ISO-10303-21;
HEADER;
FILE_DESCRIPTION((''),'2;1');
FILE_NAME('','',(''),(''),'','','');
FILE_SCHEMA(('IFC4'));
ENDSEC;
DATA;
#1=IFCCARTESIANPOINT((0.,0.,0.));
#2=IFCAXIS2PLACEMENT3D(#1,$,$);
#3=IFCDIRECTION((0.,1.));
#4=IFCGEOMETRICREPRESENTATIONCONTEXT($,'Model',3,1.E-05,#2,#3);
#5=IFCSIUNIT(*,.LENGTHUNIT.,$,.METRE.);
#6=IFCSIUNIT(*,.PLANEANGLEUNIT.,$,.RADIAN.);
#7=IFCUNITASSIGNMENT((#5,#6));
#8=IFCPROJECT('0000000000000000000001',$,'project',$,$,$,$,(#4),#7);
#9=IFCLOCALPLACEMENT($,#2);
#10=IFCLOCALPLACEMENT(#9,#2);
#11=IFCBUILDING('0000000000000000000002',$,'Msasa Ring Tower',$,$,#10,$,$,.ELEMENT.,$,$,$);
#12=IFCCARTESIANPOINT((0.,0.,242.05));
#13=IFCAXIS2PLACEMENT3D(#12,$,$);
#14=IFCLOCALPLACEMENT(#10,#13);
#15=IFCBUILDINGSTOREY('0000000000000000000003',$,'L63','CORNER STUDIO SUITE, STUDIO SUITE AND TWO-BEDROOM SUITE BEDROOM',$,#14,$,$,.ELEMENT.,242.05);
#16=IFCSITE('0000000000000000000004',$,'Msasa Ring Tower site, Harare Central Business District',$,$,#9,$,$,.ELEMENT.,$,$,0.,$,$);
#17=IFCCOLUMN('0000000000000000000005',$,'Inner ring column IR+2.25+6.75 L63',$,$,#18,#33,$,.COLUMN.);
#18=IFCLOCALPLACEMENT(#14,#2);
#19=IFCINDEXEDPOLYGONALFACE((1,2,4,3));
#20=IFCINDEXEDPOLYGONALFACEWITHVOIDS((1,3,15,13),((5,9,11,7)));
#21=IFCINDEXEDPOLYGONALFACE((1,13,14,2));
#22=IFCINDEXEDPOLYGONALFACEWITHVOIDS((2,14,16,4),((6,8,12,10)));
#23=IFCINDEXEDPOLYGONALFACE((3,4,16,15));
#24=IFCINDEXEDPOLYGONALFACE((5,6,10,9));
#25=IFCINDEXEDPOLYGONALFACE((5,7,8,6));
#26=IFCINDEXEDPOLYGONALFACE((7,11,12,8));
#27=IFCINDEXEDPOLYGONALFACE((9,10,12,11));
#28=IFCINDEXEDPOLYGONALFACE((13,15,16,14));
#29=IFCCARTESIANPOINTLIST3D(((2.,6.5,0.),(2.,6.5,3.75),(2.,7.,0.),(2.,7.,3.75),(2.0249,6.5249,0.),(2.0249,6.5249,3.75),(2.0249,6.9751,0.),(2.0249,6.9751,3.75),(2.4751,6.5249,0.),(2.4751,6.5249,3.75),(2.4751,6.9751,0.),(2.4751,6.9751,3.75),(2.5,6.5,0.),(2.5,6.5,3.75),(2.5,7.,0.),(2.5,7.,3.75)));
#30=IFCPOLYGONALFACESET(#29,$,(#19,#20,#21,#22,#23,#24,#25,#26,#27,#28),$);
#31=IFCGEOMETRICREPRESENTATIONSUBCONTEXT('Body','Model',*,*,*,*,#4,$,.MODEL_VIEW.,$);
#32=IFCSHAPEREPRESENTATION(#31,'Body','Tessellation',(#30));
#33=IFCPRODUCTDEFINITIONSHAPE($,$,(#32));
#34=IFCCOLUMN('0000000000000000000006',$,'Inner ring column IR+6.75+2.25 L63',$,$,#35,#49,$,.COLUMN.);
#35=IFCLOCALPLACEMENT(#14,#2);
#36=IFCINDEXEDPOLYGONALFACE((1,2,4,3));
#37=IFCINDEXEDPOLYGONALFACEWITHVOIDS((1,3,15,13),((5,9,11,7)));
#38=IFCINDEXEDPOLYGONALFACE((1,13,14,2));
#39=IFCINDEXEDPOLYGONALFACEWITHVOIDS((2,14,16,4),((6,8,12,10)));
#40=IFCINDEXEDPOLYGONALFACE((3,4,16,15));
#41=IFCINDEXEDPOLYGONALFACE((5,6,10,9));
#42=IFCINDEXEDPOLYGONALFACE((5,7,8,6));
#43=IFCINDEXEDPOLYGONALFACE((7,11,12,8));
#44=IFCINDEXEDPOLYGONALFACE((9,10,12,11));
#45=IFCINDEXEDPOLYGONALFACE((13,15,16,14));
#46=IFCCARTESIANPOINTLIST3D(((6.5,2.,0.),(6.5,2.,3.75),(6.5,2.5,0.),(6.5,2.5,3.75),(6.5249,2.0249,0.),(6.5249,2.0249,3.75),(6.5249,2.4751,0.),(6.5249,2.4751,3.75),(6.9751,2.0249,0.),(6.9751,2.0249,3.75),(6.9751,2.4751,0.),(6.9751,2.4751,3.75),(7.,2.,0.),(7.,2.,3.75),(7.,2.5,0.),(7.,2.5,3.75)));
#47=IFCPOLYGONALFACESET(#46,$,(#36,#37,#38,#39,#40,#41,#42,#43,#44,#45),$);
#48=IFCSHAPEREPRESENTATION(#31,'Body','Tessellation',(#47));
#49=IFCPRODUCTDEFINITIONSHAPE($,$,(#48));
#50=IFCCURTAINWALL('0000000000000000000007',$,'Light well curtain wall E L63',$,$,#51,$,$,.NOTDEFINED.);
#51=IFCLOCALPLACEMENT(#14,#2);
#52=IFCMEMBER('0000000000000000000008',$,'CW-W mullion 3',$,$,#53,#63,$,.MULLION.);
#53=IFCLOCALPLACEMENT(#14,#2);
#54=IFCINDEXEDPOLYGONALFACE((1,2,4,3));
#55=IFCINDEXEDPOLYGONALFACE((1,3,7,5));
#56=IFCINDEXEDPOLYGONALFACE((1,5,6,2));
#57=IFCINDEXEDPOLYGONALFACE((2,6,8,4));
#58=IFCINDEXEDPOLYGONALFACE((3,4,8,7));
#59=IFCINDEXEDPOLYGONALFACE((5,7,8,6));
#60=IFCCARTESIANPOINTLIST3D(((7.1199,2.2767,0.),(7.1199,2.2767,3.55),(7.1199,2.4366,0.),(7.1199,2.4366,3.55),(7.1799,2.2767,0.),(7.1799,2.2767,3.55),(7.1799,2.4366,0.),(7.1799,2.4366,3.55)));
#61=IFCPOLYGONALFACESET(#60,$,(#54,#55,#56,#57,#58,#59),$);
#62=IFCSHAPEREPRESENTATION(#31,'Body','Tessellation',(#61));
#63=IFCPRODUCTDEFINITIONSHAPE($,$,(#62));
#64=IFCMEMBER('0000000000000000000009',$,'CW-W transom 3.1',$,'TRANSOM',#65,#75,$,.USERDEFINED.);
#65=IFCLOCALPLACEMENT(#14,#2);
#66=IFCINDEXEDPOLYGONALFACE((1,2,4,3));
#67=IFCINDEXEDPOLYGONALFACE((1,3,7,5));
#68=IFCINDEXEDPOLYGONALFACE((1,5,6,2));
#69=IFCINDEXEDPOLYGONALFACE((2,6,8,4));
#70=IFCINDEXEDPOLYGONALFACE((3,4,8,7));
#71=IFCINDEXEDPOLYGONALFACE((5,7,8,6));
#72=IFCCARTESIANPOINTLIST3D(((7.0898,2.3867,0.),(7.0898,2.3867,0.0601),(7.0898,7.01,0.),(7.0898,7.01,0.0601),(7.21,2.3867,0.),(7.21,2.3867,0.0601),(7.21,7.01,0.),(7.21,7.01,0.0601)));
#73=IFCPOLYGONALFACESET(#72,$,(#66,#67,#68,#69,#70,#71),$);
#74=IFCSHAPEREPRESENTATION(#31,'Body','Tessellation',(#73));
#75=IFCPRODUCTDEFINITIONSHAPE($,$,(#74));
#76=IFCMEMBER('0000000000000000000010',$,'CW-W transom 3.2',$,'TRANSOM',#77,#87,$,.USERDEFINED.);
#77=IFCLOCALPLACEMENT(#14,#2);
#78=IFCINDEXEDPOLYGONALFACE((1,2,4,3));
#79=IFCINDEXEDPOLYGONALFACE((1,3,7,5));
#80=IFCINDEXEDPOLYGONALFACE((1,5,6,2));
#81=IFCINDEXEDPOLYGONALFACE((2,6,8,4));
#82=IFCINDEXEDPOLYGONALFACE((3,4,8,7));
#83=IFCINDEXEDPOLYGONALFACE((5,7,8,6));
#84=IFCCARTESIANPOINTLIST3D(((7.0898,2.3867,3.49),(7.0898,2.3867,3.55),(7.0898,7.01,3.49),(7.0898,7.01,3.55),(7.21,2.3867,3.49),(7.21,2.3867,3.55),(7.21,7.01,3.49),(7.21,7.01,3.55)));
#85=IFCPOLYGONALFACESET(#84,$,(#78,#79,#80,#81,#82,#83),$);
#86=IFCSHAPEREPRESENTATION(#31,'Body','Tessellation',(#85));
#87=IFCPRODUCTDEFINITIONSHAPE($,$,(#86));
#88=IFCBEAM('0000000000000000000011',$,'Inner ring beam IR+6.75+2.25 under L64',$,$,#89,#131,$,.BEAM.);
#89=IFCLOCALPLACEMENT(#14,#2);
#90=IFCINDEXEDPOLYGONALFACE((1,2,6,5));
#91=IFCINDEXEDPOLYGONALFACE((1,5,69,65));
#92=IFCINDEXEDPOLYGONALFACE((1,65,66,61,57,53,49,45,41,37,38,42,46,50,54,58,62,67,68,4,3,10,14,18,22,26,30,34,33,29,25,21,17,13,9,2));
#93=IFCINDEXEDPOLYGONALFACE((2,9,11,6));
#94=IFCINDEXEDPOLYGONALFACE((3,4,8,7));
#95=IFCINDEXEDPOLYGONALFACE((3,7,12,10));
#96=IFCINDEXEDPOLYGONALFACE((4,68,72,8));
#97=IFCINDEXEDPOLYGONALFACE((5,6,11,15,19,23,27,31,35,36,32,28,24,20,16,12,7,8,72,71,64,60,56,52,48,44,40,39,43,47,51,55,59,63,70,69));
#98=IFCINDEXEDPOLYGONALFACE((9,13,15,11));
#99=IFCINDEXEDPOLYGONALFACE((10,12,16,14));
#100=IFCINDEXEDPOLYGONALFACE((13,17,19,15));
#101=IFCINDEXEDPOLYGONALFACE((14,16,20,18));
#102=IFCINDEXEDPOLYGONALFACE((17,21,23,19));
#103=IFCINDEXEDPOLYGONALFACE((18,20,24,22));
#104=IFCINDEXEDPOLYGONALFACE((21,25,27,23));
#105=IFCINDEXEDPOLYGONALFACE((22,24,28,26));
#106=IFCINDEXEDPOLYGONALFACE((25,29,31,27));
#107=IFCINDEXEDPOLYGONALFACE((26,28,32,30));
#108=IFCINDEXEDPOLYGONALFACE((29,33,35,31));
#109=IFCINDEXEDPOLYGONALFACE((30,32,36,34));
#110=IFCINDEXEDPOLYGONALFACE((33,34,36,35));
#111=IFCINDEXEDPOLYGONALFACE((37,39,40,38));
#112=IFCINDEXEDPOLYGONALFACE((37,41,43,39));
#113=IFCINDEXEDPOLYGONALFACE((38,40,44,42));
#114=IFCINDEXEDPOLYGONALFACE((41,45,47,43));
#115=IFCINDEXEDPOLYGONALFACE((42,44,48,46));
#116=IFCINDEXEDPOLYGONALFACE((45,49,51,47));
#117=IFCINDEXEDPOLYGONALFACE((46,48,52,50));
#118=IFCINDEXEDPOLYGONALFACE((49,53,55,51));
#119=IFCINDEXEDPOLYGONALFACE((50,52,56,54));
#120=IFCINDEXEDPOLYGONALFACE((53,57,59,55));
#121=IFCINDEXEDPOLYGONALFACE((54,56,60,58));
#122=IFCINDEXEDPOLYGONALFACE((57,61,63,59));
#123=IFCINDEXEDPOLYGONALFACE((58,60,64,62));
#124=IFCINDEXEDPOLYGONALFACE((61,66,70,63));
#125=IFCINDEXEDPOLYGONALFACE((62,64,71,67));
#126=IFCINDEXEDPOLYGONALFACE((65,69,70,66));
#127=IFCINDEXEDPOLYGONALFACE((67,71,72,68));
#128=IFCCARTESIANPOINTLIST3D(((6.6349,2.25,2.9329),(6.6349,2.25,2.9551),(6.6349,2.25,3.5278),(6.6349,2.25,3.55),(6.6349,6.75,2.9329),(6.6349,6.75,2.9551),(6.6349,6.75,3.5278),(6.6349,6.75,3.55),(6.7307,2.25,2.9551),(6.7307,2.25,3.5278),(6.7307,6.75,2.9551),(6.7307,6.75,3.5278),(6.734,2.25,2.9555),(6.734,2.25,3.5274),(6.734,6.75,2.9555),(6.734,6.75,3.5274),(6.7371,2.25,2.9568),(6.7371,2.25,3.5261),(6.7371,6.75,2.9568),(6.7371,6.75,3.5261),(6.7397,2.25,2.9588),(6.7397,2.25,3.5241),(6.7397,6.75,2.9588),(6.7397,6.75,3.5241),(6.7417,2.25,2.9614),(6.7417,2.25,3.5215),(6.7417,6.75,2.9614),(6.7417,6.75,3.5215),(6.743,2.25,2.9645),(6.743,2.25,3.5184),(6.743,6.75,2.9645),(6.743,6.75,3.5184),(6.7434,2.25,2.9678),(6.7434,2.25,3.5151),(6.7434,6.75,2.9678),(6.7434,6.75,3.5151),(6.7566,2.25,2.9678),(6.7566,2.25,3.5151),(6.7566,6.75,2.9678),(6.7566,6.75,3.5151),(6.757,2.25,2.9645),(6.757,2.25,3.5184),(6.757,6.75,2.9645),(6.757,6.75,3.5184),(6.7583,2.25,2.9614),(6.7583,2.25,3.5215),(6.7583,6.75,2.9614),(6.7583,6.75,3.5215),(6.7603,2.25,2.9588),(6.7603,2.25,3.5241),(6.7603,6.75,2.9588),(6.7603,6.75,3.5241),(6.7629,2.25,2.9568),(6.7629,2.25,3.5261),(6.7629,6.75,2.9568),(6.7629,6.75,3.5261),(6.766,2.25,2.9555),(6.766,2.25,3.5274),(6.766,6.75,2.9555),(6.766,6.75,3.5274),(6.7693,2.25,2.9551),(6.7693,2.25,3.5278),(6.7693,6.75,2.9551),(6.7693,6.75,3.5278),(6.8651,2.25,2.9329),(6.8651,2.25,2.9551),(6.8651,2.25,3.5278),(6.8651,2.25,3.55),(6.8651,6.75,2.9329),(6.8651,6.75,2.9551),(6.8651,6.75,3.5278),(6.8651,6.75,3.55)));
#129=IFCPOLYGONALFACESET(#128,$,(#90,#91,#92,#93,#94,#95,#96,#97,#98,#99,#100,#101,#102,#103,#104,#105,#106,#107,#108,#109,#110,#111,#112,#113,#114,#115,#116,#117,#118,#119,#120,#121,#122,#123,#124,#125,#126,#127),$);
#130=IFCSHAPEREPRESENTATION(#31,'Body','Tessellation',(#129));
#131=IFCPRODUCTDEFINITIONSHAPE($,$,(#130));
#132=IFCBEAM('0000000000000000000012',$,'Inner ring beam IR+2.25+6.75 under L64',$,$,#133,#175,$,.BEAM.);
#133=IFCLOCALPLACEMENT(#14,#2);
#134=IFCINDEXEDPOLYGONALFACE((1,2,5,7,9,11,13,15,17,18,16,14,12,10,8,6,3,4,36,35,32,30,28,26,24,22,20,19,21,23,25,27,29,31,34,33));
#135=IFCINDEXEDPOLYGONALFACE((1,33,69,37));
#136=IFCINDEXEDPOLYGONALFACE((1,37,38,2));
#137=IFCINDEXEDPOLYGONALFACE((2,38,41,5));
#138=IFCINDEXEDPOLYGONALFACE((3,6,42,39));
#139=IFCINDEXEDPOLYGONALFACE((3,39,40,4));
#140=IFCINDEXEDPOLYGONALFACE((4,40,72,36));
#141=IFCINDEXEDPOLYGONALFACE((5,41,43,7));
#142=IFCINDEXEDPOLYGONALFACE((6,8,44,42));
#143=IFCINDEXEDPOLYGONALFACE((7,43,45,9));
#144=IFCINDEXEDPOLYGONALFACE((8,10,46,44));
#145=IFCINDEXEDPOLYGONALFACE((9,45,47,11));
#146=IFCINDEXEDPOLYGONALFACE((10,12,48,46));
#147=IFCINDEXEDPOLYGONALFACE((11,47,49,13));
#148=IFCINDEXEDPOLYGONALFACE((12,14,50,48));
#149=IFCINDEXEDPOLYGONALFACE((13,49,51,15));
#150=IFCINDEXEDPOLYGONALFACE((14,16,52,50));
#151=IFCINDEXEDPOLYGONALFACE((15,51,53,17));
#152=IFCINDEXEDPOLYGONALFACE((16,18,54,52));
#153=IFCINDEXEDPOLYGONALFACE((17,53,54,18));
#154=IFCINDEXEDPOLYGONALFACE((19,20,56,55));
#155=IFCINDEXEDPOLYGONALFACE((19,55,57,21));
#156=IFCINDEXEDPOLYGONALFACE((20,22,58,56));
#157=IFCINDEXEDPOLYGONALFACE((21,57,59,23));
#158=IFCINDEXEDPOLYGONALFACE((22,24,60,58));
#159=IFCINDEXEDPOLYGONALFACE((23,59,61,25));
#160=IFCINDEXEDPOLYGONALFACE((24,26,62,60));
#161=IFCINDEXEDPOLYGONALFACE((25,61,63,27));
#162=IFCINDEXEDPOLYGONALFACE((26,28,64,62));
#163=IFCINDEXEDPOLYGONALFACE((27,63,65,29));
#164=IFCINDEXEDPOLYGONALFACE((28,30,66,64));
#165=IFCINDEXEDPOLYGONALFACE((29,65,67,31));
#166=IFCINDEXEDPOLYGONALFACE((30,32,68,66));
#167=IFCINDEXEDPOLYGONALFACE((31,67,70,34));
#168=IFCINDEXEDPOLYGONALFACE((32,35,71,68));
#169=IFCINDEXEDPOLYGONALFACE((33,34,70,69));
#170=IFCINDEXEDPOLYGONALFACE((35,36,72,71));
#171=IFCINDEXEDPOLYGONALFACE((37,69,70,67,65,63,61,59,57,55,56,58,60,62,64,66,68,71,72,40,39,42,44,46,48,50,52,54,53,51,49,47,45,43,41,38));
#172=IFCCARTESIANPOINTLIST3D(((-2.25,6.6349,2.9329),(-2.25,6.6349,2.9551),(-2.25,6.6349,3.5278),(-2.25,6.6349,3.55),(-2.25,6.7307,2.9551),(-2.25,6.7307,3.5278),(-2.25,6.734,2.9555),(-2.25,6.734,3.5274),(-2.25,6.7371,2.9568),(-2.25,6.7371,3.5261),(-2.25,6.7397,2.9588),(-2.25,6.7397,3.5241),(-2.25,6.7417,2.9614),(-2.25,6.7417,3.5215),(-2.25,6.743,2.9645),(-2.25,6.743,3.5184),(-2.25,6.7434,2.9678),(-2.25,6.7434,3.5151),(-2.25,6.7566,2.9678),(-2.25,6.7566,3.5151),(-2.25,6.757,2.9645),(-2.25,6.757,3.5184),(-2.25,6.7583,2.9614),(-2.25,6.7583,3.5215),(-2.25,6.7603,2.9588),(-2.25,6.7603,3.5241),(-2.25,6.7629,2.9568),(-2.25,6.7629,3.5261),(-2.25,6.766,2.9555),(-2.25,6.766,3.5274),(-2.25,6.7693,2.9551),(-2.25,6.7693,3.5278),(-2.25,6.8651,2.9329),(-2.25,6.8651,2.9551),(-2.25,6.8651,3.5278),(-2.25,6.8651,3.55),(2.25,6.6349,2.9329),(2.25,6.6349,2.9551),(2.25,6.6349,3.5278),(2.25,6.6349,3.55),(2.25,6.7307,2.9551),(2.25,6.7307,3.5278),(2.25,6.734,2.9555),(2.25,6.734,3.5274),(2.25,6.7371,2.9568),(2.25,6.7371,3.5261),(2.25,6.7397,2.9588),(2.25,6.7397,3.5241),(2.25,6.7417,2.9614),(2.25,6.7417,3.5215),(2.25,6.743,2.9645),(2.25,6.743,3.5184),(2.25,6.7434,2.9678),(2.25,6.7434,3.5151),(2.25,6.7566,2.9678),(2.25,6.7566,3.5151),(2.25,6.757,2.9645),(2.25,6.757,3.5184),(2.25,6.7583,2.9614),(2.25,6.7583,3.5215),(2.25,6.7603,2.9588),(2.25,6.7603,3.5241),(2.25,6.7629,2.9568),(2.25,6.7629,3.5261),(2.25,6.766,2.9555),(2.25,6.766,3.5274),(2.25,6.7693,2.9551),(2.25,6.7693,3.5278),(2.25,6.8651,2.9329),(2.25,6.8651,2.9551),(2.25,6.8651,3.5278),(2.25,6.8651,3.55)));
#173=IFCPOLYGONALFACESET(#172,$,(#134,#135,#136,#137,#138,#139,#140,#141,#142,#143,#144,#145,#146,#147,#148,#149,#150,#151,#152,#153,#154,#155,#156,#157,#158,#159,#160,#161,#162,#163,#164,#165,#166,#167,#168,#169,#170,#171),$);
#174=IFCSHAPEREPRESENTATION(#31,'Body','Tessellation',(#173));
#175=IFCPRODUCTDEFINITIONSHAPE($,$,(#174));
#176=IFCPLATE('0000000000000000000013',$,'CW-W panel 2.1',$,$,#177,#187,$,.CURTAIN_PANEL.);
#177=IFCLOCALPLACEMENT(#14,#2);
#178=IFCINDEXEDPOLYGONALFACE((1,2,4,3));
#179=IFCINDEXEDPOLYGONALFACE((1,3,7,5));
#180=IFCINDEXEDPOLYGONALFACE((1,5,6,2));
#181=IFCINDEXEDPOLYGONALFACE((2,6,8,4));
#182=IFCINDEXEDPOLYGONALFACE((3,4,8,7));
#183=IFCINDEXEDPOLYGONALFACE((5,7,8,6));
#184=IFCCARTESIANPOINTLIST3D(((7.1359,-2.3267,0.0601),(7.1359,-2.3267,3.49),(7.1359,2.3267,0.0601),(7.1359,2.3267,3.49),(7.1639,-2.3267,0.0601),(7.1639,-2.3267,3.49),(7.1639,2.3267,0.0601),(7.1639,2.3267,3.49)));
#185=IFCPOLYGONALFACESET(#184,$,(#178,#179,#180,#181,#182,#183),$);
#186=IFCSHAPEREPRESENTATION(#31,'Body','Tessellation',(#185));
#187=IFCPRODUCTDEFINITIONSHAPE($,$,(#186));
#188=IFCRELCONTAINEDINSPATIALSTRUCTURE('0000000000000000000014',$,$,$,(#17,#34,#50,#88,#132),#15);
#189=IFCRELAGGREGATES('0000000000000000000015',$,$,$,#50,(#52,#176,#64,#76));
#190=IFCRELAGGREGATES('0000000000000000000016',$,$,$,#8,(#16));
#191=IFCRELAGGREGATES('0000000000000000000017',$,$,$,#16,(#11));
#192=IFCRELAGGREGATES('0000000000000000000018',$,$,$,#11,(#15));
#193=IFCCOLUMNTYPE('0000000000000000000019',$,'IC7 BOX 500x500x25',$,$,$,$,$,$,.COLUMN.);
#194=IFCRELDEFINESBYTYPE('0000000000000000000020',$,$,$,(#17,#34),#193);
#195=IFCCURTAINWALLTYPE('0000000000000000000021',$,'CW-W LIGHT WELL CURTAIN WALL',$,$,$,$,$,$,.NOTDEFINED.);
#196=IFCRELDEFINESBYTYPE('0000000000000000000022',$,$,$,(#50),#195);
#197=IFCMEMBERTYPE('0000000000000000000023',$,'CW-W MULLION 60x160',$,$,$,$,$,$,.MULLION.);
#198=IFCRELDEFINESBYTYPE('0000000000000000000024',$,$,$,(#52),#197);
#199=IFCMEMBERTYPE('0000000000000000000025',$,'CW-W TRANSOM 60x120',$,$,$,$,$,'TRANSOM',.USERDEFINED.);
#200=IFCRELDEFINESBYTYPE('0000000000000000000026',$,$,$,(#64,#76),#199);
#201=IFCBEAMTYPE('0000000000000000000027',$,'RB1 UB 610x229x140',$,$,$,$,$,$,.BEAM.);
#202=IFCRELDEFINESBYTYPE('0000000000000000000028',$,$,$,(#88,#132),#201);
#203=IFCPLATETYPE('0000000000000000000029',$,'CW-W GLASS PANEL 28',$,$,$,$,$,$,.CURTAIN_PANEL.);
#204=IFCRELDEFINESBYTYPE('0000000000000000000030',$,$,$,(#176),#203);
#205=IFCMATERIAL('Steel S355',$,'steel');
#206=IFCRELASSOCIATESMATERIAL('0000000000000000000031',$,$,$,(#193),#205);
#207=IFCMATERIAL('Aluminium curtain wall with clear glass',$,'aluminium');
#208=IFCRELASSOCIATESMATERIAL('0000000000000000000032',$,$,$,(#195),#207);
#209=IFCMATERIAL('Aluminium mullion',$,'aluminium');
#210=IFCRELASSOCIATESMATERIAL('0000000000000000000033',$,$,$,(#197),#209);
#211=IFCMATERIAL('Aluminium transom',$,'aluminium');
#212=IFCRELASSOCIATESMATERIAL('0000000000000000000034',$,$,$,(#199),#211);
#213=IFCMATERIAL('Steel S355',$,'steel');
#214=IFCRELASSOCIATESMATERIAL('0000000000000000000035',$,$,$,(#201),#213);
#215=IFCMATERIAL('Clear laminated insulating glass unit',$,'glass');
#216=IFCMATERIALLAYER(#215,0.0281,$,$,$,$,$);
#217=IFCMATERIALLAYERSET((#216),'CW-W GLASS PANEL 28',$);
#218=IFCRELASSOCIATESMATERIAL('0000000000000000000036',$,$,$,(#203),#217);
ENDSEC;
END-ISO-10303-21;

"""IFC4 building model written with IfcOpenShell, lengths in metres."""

from ifc_helpers import new_model, si_unit, direction, frame, origin, origin_2d, place, context, subcontext, project, spatial, rectangle, hollow_rectangle, i_section, extrude, material, layer, layer_set, material_profile, profile_set, type_object, element, aggregate, save


model = new_model("IFC4")

# Units and contexts
model_context = context("Model", 3, precision=1e-05, world=origin(), true_north=direction((0.0, 1.0)))
body_context = subcontext(model_context, "Body", "Model", "MODEL_VIEW")
ifc_project = project(units=[si_unit("LENGTHUNIT", "METRE"), si_unit("PLANEANGLEUNIT", "RADIAN")], contexts=[model_context])

# Site, building, storey
site_placement = place(None, origin())
site = spatial("IfcSite", under=ifc_project, at=site_placement, Name="Msasa Ring Tower site, Harare Central Business District", CompositionType="ELEMENT", RefElevation=0.0)
building_placement = place(site_placement, origin())
building = spatial("IfcBuilding", under=site, at=building_placement, Name="Msasa Ring Tower", CompositionType="ELEMENT")
storey_placement = place(building_placement, frame((0.0, 0.0, 242.05)))
storey = spatial("IfcBuildingStorey", under=building, at=storey_placement, Name="L63", Description="CORNER STUDIO SUITE, STUDIO SUITE AND TWO-BEDROOM SUITE BEDROOM", CompositionType="ELEMENT", Elevation=242.05)

# Columns
ifc_material_1 = material(Name="Steel S355", Category="steel")
ifc_material_profile_1 = material_profile(ifc_material_1, hollow_rectangle(XDim=0.5, YDim=0.5, WallThickness=0.0249, at=origin_2d()), Name="BOX 500x500x25")
ifc_profile_set_1 = profile_set([ifc_material_profile_1], Name="Steel S355")
column_type = type_object("IfcColumnType", Name="IC7 BOX 500x500x25", PredefinedType="COLUMN", material=ifc_profile_set_1)
for number, where, z_axis, x_axis, name in (
    (1, (2.25, 6.75, 0.0), (0.0, 0.0, 1.0), (1.0, 0.0, 0.0), "Inner ring column IR+2.25+6.75 L63"),
    (2, (6.75, 2.25, 0.0), (0.0, 0.0, 1.0), (1.0, 0.0, 0.0), "Inner ring column IR+6.75+2.25 L63"),
):
    element("IfcColumn", number, at=place(storey_placement, frame(where, z_axis=z_axis, x_axis=x_axis)), inside=storey, type_object=column_type, Name=name, PredefinedType="COLUMN", context=body_context, shape_type="SweptSolid", body=[
        extrude(hollow_rectangle(XDim=0.5, YDim=0.5, WallThickness=0.0249, at=origin_2d()), origin(), (0.0, 0.0, 1.0), 3.75),
    ])

# Curtain wall, members
ifc_material_2 = material(Name="Aluminium curtain wall with clear glass", Category="aluminium")
curtain_wall_type = type_object("IfcCurtainWallType", Name="CW-W LIGHT WELL CURTAIN WALL", PredefinedType="NOTDEFINED", material=ifc_material_2)
curtain_wall_placement = place(storey_placement, origin())
curtain_wall = element("IfcCurtainWall", 3, at=curtain_wall_placement, inside=storey, type_object=curtain_wall_type, Name="Light well curtain wall E L63", PredefinedType="NOTDEFINED")
ifc_material_3 = material(Name="Aluminium mullion", Category="aluminium")
ifc_material_profile_2 = material_profile(ifc_material_3, rectangle(XDim=0.0601, YDim=0.1599, at=origin_2d()), Name="AL 60x160")
ifc_profile_set_2 = profile_set([ifc_material_profile_2], Name="Aluminium mullion")
member_type_1 = type_object("IfcMemberType", Name="CW-W MULLION 60x160", PredefinedType="MULLION", material=ifc_profile_set_2)
member_1_placement = place(storey_placement, frame((7.1499, 2.3567, 0.0), z_axis=(0.0, 0.0, 1.0), x_axis=(-1.0, 0.0, 0.0)))
member_1 = element("IfcMember", 4, at=member_1_placement, type_object=member_type_1, Name="CW-W mullion 3", PredefinedType="MULLION", context=body_context, shape_type="SweptSolid", body=[
    extrude(rectangle(XDim=0.0601, YDim=0.1599, at=origin_2d()), origin(), (0.0, 0.0, 1.0), 3.55),
])
ifc_material_4 = material(Name="Aluminium transom", Category="aluminium")
ifc_material_profile_3 = material_profile(ifc_material_4, rectangle(XDim=0.1201, YDim=0.0601, at=origin_2d()), Name="AL 60x120")
ifc_profile_set_3 = profile_set([ifc_material_profile_3], Name="Aluminium transom")
member_type_2 = type_object("IfcMemberType", Name="CW-W TRANSOM 60x120", ElementType="TRANSOM", PredefinedType="USERDEFINED", material=ifc_profile_set_3)
member_2_placement = place(storey_placement, frame((7.1499, 2.3867, 0.03), z_axis=(0.0, 1.0, 0.0), x_axis=(-1.0, 0.0, 0.0)))
member_2 = element("IfcMember", 5, at=member_2_placement, type_object=member_type_2, Name="CW-W transom 3.1", ObjectType="TRANSOM", PredefinedType="USERDEFINED", context=body_context, shape_type="SweptSolid", body=[
    extrude(rectangle(XDim=0.1201, YDim=0.0601, at=origin_2d()), origin(), (0.0, 0.0, 1.0), 4.6233),
])
member_3_placement = place(storey_placement, frame((7.1499, 2.3867, 3.52), z_axis=(0.0, 1.0, 0.0), x_axis=(-1.0, 0.0, 0.0)))
member_3 = element("IfcMember", 6, at=member_3_placement, type_object=member_type_2, Name="CW-W transom 3.2", ObjectType="TRANSOM", PredefinedType="USERDEFINED", context=body_context, shape_type="SweptSolid", body=[
    extrude(rectangle(XDim=0.1201, YDim=0.0601, at=origin_2d()), origin(), (0.0, 0.0, 1.0), 4.6233),
])

# Beams
ifc_material_5 = material(Name="Steel S355", Category="steel")
ifc_material_profile_4 = material_profile(ifc_material_5, i_section(OverallWidth=0.2302, OverallDepth=0.6172, WebThickness=0.0132, FlangeThickness=0.0222, FilletRadius=0.0127, at=origin_2d()), Name="UB 610x229x140")
ifc_profile_set_4 = profile_set([ifc_material_profile_4], Name="Steel S355")
beam_type = type_object("IfcBeamType", Name="RB1 UB 610x229x140", PredefinedType="BEAM", material=ifc_profile_set_4)
for number, where, z_axis, x_axis, name in (
    (7, (6.75, 2.25, 3.2415), (0.0, 1.0, 0.0), (-1.0, 0.0, 0.0), "Inner ring beam IR+6.75+2.25 under L64"),
    (8, (2.25, 6.75, 3.2415), (-1.0, 0.0, 0.0), (0.0, -1.0, 0.0), "Inner ring beam IR+2.25+6.75 under L64"),
):
    element("IfcBeam", number, at=place(storey_placement, frame(where, z_axis=z_axis, x_axis=x_axis)), inside=storey, type_object=beam_type, Name=name, PredefinedType="BEAM", context=body_context, shape_type="SweptSolid", body=[
        extrude(i_section(OverallWidth=0.2302, OverallDepth=0.6172, WebThickness=0.0132, FlangeThickness=0.0222, FilletRadius=0.0127, at=origin_2d()), origin(), (0.0, 0.0, 1.0), 4.5),
    ])

# Plate
ifc_material_6 = material(Name="Clear laminated insulating glass unit", Category="glass")
ifc_layer_1 = layer(ifc_material_6, 0.0281)
ifc_layer_set_1 = layer_set([ifc_layer_1], Name="CW-W GLASS PANEL 28")
plate_type = type_object("IfcPlateType", Name="CW-W GLASS PANEL 28", PredefinedType="CURTAIN_PANEL", material=ifc_layer_set_1)
plate_1_placement = place(storey_placement, frame((7.1499, 0.0, 0.0601), z_axis=(0.0, 0.0, 1.0), x_axis=(0.0, 1.0, 0.0)))
plate_1 = element("IfcPlate", 9, at=plate_1_placement, type_object=plate_type, Name="CW-W panel 2.1", PredefinedType="CURTAIN_PANEL", context=body_context, shape_type="SweptSolid", body=[
    extrude(rectangle(XDim=4.6533, YDim=0.0281, at=origin_2d()), origin(), (0.0, 0.0, 1.0), 3.4299),
])
aggregate(curtain_wall, [member_1, plate_1, member_2, member_3])

save(model, "model.ifc")
